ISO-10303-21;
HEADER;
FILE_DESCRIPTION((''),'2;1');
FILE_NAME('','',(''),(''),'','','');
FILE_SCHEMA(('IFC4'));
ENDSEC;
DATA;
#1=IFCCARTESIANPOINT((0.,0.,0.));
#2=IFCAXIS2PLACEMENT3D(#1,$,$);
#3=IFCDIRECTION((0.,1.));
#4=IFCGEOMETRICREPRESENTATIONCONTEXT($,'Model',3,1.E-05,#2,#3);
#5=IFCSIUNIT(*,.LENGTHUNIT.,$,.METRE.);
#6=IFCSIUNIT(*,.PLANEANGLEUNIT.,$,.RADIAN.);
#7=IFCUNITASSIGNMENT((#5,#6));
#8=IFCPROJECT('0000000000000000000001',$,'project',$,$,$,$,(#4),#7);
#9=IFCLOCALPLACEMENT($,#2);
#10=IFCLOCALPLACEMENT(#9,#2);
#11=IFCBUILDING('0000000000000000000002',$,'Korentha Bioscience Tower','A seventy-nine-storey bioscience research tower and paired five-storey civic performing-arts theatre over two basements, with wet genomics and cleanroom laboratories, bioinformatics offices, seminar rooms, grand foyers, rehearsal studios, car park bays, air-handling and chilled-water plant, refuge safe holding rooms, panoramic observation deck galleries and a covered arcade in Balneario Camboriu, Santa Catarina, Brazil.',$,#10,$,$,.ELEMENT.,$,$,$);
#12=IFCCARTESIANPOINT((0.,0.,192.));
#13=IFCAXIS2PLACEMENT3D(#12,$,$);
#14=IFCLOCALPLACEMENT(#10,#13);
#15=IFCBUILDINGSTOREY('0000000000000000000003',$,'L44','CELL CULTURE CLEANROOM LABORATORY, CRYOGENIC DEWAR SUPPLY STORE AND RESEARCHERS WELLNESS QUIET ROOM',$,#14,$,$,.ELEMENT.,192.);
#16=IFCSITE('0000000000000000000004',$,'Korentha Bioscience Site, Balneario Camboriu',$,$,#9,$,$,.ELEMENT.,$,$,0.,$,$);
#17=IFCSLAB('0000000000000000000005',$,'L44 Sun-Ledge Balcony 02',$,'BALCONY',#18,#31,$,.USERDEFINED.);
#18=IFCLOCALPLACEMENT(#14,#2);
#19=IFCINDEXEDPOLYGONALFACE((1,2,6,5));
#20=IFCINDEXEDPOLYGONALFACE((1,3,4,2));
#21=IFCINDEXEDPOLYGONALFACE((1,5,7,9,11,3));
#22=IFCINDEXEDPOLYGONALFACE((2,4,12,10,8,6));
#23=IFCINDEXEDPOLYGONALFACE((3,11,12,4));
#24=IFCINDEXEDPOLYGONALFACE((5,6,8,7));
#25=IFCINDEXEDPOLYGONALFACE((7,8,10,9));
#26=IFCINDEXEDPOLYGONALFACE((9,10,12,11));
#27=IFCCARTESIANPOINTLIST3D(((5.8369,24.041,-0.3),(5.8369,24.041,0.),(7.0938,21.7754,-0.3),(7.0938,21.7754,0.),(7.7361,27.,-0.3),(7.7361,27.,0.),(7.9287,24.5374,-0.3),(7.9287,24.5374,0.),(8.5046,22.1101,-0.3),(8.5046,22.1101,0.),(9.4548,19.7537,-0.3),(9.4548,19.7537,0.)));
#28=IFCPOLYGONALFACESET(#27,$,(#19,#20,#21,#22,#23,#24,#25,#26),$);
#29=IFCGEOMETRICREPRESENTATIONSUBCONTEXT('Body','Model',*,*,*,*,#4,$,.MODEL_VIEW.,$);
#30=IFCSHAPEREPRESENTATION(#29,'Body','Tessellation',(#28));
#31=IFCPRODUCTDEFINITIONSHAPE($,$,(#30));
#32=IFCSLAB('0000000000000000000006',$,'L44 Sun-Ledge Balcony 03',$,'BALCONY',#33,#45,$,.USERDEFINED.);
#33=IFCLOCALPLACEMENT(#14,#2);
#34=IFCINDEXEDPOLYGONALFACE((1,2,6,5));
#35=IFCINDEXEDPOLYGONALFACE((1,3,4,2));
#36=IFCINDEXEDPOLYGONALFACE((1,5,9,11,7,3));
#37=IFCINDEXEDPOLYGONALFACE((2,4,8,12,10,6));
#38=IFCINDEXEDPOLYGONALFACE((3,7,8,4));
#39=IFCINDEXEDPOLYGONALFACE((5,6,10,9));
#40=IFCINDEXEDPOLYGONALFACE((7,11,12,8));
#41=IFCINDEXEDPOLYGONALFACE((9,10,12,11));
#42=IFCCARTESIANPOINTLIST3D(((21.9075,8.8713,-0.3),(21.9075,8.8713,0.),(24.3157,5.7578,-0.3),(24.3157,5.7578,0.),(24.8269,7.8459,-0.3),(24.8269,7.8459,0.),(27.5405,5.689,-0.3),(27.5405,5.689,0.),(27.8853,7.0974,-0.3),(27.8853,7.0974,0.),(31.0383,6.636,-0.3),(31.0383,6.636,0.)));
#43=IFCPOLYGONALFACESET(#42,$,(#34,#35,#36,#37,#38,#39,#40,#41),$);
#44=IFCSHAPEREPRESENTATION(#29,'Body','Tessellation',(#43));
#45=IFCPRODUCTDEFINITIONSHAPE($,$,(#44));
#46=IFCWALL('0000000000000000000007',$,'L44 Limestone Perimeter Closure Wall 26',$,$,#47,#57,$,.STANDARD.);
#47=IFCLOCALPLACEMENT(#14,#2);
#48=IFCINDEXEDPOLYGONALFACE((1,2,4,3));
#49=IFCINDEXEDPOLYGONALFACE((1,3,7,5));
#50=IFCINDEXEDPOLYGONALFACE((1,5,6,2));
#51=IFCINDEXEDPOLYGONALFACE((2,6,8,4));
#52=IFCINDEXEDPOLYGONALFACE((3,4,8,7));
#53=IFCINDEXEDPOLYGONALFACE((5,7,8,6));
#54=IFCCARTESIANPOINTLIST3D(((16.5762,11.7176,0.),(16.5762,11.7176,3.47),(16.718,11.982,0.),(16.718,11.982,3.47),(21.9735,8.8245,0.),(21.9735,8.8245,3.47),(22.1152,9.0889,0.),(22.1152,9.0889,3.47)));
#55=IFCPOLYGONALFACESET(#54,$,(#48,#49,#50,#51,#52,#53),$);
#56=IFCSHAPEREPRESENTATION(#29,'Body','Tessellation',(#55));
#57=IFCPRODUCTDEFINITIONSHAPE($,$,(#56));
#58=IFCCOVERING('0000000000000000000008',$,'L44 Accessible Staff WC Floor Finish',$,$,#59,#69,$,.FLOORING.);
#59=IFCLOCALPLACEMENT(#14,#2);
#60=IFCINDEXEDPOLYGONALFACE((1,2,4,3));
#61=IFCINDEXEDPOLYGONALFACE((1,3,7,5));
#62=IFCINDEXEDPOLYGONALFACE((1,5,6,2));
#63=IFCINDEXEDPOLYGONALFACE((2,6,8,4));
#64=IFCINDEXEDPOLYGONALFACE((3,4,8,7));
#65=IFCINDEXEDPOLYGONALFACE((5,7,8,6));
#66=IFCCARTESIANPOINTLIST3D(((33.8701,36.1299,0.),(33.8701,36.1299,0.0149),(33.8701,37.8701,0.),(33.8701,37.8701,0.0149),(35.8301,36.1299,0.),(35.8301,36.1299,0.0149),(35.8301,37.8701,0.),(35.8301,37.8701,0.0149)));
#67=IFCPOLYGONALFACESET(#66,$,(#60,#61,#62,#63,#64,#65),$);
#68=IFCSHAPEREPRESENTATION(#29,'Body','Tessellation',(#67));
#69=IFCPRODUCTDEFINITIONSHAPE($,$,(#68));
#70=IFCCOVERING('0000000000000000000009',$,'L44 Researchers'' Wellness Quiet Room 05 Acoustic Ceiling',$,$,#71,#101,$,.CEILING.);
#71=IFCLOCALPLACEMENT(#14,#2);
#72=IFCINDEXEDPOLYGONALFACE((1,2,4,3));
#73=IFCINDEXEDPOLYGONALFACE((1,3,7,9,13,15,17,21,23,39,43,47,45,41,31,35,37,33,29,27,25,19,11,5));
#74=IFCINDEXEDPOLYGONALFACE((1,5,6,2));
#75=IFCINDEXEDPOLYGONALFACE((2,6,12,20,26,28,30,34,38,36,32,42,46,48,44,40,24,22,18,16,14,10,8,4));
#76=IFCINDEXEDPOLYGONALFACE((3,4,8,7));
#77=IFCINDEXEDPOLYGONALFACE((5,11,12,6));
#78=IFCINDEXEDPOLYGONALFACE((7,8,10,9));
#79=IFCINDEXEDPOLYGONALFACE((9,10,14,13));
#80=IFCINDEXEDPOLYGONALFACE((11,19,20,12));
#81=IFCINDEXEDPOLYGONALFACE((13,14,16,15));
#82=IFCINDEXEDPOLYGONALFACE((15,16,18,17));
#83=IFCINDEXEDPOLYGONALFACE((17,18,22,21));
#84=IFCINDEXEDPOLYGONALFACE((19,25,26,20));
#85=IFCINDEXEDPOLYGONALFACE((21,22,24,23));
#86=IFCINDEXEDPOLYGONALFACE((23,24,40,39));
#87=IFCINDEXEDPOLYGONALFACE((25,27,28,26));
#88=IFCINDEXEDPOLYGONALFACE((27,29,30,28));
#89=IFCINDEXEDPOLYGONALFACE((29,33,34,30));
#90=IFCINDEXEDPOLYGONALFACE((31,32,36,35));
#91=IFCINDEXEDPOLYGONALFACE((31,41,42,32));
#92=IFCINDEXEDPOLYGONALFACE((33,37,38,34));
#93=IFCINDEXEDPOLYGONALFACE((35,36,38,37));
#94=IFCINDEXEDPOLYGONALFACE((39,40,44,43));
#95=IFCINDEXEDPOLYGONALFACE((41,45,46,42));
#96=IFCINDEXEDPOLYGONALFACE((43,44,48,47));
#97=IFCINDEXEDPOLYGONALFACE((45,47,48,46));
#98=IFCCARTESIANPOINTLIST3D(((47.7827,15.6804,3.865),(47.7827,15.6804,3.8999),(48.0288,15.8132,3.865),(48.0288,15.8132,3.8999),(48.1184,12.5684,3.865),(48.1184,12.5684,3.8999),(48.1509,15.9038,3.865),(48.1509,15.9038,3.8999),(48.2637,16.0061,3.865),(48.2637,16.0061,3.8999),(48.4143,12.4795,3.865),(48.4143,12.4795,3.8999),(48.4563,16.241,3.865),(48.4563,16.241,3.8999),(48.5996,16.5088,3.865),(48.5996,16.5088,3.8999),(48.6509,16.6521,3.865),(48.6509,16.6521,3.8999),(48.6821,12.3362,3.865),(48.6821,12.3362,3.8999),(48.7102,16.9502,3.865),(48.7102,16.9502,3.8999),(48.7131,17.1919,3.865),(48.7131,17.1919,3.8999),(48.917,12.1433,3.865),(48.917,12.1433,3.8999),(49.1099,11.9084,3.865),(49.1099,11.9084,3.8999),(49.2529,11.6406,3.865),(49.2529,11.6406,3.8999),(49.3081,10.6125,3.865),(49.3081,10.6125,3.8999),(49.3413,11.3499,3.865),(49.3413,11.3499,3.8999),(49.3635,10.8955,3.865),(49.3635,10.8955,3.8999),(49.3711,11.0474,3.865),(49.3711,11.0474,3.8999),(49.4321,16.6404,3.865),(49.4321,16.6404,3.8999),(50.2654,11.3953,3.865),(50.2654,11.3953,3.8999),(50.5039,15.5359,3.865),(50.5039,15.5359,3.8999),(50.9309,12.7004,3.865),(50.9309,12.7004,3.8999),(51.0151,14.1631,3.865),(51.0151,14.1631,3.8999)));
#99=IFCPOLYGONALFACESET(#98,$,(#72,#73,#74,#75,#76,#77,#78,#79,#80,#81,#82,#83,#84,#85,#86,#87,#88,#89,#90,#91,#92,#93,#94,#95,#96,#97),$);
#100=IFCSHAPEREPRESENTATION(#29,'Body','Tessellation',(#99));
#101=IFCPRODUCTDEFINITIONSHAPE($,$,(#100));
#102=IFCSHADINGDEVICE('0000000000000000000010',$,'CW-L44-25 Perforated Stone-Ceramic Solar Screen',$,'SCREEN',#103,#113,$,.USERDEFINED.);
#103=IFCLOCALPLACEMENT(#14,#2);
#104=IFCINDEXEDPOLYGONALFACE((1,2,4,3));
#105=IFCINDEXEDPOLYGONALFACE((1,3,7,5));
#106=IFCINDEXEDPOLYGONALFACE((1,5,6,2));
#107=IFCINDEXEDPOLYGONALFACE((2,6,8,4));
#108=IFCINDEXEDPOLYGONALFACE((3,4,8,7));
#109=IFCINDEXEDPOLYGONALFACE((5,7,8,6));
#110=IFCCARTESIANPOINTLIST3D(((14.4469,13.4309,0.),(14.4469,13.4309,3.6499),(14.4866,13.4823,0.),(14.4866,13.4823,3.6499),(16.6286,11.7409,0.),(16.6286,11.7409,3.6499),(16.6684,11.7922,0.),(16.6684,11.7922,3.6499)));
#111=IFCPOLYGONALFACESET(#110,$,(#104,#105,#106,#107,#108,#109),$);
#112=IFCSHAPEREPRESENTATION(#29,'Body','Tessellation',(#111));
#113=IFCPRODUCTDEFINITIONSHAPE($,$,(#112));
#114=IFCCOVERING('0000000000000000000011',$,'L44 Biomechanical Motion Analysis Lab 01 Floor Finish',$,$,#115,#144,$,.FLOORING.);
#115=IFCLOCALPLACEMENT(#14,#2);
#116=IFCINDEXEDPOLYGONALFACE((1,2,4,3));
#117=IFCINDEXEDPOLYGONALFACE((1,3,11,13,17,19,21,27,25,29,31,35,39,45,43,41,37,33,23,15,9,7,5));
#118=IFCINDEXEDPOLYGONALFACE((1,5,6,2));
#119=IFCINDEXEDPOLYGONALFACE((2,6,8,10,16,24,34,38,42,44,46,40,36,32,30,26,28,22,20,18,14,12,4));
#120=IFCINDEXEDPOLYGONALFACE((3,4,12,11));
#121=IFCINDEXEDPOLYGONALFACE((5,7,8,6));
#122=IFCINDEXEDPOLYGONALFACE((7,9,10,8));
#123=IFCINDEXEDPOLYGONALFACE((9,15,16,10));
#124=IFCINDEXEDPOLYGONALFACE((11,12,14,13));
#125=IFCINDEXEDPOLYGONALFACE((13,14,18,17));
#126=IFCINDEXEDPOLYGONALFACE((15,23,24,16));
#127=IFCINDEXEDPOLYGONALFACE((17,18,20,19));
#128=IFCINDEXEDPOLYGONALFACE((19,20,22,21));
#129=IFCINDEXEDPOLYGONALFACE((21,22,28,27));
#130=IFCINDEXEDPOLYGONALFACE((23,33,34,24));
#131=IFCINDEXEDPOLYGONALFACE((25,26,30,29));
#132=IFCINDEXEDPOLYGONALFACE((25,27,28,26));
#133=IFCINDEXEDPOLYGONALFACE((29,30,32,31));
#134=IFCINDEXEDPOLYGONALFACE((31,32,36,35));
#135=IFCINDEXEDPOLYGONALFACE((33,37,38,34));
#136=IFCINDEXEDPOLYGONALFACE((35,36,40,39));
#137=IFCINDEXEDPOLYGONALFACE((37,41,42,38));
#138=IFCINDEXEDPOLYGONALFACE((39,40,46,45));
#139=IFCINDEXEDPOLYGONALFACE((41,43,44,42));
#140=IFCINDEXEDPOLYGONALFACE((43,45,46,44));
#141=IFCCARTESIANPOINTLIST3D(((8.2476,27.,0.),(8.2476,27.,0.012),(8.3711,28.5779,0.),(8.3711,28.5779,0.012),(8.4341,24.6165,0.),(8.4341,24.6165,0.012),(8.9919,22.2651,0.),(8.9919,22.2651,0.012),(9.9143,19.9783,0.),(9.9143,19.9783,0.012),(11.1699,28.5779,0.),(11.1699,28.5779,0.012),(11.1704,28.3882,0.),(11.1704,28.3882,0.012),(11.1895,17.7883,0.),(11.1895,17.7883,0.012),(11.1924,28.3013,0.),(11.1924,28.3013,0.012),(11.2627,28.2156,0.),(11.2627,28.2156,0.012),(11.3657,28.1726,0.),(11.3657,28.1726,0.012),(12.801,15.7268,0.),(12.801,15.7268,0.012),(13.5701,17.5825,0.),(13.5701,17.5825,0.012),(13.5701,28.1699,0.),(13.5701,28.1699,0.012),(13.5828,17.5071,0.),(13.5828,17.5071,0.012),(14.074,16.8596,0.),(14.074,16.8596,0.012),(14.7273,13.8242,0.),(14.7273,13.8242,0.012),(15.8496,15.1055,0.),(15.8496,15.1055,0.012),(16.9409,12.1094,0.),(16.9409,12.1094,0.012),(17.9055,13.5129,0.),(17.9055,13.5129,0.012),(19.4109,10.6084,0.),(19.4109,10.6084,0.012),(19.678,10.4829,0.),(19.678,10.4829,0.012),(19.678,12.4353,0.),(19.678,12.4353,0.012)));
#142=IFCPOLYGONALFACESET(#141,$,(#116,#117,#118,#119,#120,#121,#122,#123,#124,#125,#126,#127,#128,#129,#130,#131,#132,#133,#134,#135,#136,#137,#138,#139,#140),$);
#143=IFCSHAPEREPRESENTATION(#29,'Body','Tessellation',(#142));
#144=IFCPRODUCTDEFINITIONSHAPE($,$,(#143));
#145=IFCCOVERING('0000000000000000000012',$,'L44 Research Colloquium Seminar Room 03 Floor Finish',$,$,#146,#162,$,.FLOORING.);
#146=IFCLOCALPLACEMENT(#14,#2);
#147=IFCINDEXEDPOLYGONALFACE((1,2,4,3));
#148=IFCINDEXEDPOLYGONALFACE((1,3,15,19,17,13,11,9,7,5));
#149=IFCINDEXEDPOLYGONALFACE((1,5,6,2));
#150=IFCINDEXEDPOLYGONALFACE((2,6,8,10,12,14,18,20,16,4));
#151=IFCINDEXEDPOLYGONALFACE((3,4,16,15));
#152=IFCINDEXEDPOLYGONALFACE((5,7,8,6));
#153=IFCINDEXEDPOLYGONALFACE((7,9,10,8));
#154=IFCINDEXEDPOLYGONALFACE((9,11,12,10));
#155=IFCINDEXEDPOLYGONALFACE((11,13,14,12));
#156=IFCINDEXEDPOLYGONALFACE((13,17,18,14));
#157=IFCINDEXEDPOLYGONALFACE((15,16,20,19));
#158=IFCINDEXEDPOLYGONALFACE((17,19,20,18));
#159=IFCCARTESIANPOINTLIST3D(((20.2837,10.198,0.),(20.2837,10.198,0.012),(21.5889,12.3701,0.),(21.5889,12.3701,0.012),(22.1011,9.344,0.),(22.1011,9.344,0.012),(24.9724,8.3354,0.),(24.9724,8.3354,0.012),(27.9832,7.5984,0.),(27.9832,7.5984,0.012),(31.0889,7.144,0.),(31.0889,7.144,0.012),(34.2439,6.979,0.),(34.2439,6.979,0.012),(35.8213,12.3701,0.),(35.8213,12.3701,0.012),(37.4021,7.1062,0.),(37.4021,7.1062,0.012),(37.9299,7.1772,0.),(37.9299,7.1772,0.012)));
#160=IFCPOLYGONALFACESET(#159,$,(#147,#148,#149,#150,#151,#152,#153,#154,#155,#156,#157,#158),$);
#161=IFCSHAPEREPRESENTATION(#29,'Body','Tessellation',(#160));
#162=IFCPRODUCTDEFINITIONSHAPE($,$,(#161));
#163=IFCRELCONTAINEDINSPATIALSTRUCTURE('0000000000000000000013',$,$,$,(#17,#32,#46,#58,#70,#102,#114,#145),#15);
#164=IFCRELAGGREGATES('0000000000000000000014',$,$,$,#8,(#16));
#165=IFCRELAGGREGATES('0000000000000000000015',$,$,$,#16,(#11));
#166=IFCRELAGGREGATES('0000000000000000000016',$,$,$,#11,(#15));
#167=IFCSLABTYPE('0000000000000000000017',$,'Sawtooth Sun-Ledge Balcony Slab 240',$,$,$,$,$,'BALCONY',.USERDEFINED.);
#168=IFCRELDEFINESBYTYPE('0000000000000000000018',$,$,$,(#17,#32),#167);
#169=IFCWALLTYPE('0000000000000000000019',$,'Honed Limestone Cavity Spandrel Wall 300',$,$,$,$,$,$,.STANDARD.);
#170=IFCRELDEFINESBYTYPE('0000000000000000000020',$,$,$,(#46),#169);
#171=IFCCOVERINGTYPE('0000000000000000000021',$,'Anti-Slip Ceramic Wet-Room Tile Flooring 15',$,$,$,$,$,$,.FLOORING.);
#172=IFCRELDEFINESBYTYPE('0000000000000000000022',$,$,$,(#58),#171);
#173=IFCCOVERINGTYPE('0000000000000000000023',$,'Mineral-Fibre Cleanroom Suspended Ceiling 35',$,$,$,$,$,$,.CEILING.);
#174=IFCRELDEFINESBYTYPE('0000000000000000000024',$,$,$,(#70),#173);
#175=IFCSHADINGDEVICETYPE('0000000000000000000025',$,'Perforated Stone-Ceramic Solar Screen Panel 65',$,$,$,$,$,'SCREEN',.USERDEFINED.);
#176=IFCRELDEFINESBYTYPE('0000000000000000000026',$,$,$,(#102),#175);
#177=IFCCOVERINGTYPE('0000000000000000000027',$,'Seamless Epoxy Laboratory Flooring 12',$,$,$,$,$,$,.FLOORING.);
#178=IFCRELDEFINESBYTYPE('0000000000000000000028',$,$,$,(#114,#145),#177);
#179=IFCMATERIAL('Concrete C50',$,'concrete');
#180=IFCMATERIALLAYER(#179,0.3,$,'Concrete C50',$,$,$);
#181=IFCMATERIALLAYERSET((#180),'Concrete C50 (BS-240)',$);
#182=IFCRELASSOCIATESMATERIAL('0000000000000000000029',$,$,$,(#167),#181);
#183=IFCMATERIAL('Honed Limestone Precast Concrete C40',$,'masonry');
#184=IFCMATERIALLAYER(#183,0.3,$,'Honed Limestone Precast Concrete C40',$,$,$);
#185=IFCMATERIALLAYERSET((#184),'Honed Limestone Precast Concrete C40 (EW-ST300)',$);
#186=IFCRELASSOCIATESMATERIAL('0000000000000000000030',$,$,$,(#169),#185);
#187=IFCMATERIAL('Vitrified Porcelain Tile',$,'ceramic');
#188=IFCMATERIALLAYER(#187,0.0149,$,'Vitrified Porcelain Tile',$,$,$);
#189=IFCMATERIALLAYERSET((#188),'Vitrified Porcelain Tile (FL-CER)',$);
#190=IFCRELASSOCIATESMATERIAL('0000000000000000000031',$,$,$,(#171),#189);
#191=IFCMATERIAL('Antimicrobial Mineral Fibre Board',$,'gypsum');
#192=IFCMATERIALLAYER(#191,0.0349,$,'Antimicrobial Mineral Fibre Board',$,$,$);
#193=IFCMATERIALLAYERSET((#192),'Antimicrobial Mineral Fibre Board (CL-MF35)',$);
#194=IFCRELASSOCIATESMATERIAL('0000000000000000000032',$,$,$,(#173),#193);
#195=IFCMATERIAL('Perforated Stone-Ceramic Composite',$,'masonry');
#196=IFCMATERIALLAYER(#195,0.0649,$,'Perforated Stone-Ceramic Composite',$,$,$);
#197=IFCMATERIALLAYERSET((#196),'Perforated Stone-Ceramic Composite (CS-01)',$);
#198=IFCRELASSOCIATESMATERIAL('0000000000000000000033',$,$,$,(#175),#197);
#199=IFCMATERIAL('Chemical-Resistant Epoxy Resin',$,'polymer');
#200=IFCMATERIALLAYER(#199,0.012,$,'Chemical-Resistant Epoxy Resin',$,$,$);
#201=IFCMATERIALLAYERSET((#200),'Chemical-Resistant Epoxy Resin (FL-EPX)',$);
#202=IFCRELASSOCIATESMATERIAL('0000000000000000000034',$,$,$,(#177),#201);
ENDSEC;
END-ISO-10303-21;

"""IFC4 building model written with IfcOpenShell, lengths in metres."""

from ifc_helpers import new_model, si_unit, direction, frame, frame_2d, origin, origin_2d, place, context, subcontext, project, spatial, polyline, rectangle, outline, extrude, material, layer, layer_set, type_object, element, save


model = new_model("IFC4")

# Units and contexts
model_context = context("Model", 3, precision=1e-05, world=origin(), true_north=direction((0.0, 1.0)))
body_context = subcontext(model_context, "Body", "Model", "MODEL_VIEW")
ifc_project = project(units=[si_unit("LENGTHUNIT", "METRE"), si_unit("PLANEANGLEUNIT", "RADIAN")], contexts=[model_context])

# Site, building, storey
site_placement = place(None, origin())
site = spatial("IfcSite", under=ifc_project, at=site_placement, Name="Korentha Bioscience Site, Balneario Camboriu", CompositionType="ELEMENT", RefElevation=0.0)
building_placement = place(site_placement, origin())
building = spatial("IfcBuilding", under=site, at=building_placement, Name="Korentha Bioscience Tower", Description="A seventy-nine-storey bioscience research tower and paired five-storey civic performing-arts theatre over two basements, with wet genomics and cleanroom laboratories, bioinformatics offices, seminar rooms, grand foyers, rehearsal studios, car park bays, air-handling and chilled-water plant, refuge safe holding rooms, panoramic observation deck galleries and a covered arcade in Balneario Camboriu, Santa Catarina, Brazil.", CompositionType="ELEMENT")
storey_placement = place(building_placement, frame((0.0, 0.0, 192.0)))
storey = spatial("IfcBuildingStorey", under=building, at=storey_placement, Name="L44", Description="CELL CULTURE CLEANROOM LABORATORY, CRYOGENIC DEWAR SUPPLY STORE AND RESEARCHERS WELLNESS QUIET ROOM", CompositionType="ELEMENT", Elevation=192.0)

# Shared definitions
ifc_material_1 = material(Name="Concrete C50", Category="concrete")

# Slabs
ifc_layer_1 = layer(ifc_material_1, 0.3, Name="Concrete C50")
ifc_layer_set_1 = layer_set([ifc_layer_1], Name="Concrete C50 (BS-240)")
slab_type_1 = type_object("IfcSlabType", Name="Sawtooth Sun-Ledge Balcony Slab 240", ElementType="BALCONY", PredefinedType="USERDEFINED", material=ifc_layer_set_1)
slab_1_placement = place(storey_placement, frame((0.0, 0.0, -0.3)))
element("IfcSlab", 1, at=slab_1_placement, inside=storey, type_object=slab_type_1, Name="L44 Sun-Ledge Balcony 02", ObjectType="BALCONY", PredefinedType="USERDEFINED", context=body_context, shape_type="SweptSolid", body=[
    extrude(outline(polyline([(9.4548, 19.7537), (8.5046, 22.1101), (7.9287, 24.5374), (7.7361, 27.0), (5.8369, 24.041), (7.0938, 21.7754), (9.4548, 19.7537)])), origin(), (0.0, 0.0, 1.0), 0.3),
])
slab_2_placement = place(storey_placement, frame((0.0, 0.0, -0.3)))
element("IfcSlab", 2, at=slab_2_placement, inside=storey, type_object=slab_type_1, Name="L44 Sun-Ledge Balcony 03", ObjectType="BALCONY", PredefinedType="USERDEFINED", context=body_context, shape_type="SweptSolid", body=[
    extrude(outline(polyline([(31.0383, 6.636), (27.8853, 7.0974), (24.8269, 7.8459), (21.9075, 8.8713), (24.3157, 5.7578), (27.5405, 5.689), (31.0383, 6.636)])), origin(), (0.0, 0.0, 1.0), 0.3),
])

# Wall
ifc_material_2 = material(Name="Honed Limestone Precast Concrete C40", Category="masonry")
ifc_layer_2 = layer(ifc_material_2, 0.3, Name="Honed Limestone Precast Concrete C40")
ifc_layer_set_2 = layer_set([ifc_layer_2], Name="Honed Limestone Precast Concrete C40 (EW-ST300)")
wall_type = type_object("IfcWallType", Name="Honed Limestone Cavity Spandrel Wall 300", PredefinedType="STANDARD", material=ifc_layer_set_2)
wall_placement = place(storey_placement, frame((16.647, 11.8499, 0.0), z_axis=(0.0, 0.0, 1.0), x_axis=(0.881364, -0.472437, 0.0)))
element("IfcWall", 3, at=wall_placement, inside=storey, type_object=wall_type, Name="L44 Limestone Perimeter Closure Wall 26", PredefinedType="STANDARD", context=body_context, shape_type="SweptSolid", body=[
    extrude(rectangle(XDim=6.1238, YDim=0.3, at=frame_2d((3.062, 0.0))), origin(), (0.0, 0.0, 1.0), 3.47),
])

# Coverings
ifc_material_3 = material(Name="Vitrified Porcelain Tile", Category="ceramic")
ifc_layer_3 = layer(ifc_material_3, 0.0149, Name="Vitrified Porcelain Tile")
ifc_layer_set_3 = layer_set([ifc_layer_3], Name="Vitrified Porcelain Tile (FL-CER)")
covering_type_1 = type_object("IfcCoveringType", Name="Anti-Slip Ceramic Wet-Room Tile Flooring 15", PredefinedType="FLOORING", material=ifc_layer_set_3)
covering_1_placement = place(storey_placement, origin())
element("IfcCovering", 4, at=covering_1_placement, inside=storey, type_object=covering_type_1, Name="L44 Accessible Staff WC Floor Finish", PredefinedType="FLOORING", context=body_context, shape_type="SweptSolid", body=[
    extrude(outline(polyline([(33.8701, 36.1299), (33.8701, 37.8701), (35.8301, 37.8701), (35.8301, 36.1299), (33.8701, 36.1299)])), origin(), (0.0, 0.0, 1.0), 0.0149),
])
ifc_material_4 = material(Name="Antimicrobial Mineral Fibre Board", Category="gypsum")
ifc_layer_4 = layer(ifc_material_4, 0.0349, Name="Antimicrobial Mineral Fibre Board")
ifc_layer_set_4 = layer_set([ifc_layer_4], Name="Antimicrobial Mineral Fibre Board (CL-MF35)")
covering_type_2 = type_object("IfcCoveringType", Name="Mineral-Fibre Cleanroom Suspended Ceiling 35", PredefinedType="CEILING", material=ifc_layer_set_4)
covering_2_placement = place(storey_placement, frame((0.0, 0.0, 3.865)))
element("IfcCovering", 5, at=covering_2_placement, inside=storey, type_object=covering_type_2, Name="L44 Researchers' Wellness Quiet Room 05 Acoustic Ceiling", PredefinedType="CEILING", context=body_context, shape_type="SweptSolid", body=[
    extrude(outline(polyline([(49.4321, 16.6404), (50.5039, 15.5359), (51.0151, 14.1631), (50.9309, 12.7004), (50.2654, 11.3953), (49.3081, 10.6125), (49.3635, 10.8955), (49.3711, 11.0474), (49.3413, 11.3499), (49.2529, 11.6406), (49.1099, 11.9084), (48.917, 12.1433), (48.6821, 12.3362), (48.4143, 12.4795), (48.1184, 12.5684), (47.7827, 15.6804), (48.0288, 15.8132), (48.1509, 15.9038), (48.2637, 16.0061), (48.4563, 16.241), (48.5996, 16.5088), (48.6509, 16.6521), (48.7102, 16.9502), (48.7131, 17.1919), (49.4321, 16.6404)])), origin(), (0.0, 0.0, 1.0), 0.0349),
])

# Shading device
ifc_material_5 = material(Name="Perforated Stone-Ceramic Composite", Category="masonry")
ifc_layer_5 = layer(ifc_material_5, 0.0649, Name="Perforated Stone-Ceramic Composite")
ifc_layer_set_5 = layer_set([ifc_layer_5], Name="Perforated Stone-Ceramic Composite (CS-01)")
shading_device_type_1 = type_object("IfcShadingDeviceType", Name="Perforated Stone-Ceramic Solar Screen Panel 65", ElementType="SCREEN", PredefinedType="USERDEFINED", material=ifc_layer_set_5)
shading_device_1_placement = place(storey_placement, frame((15.5576, 12.6116, 0.0), z_axis=(0.0, 0.0, 1.0), x_axis=(0.790547, -0.612402, 0.0)))
element("IfcShadingDevice", 6, at=shading_device_1_placement, inside=storey, type_object=shading_device_type_1, Name="CW-L44-25 Perforated Stone-Ceramic Solar Screen", ObjectType="SCREEN", PredefinedType="USERDEFINED", context=body_context, shape_type="SweptSolid", body=[
    extrude(rectangle(XDim=2.7598, YDim=0.0649, at=origin_2d()), origin(), (0.0, 0.0, 1.0), 3.6499),
])

# Coverings
ifc_material_6 = material(Name="Chemical-Resistant Epoxy Resin", Category="polymer")
ifc_layer_6 = layer(ifc_material_6, 0.012, Name="Chemical-Resistant Epoxy Resin")
ifc_layer_set_6 = layer_set([ifc_layer_6], Name="Chemical-Resistant Epoxy Resin (FL-EPX)")
covering_type_3 = type_object("IfcCoveringType", Name="Seamless Epoxy Laboratory Flooring 12", PredefinedType="FLOORING", material=ifc_layer_set_6)
covering_3_placement = place(storey_placement, origin())
element("IfcCovering", 7, at=covering_3_placement, inside=storey, type_object=covering_type_3, Name="L44 Biomechanical Motion Analysis Lab 01 Floor Finish", PredefinedType="FLOORING", context=body_context, shape_type="SweptSolid", body=[
    extrude(outline(polyline([(8.3711, 28.5779), (11.1699, 28.5779), (11.1704, 28.3882), (11.1924, 28.3013), (11.2627, 28.2156), (11.3657, 28.1726), (13.5701, 28.1699), (13.5701, 17.5825), (13.5828, 17.5071), (14.074, 16.8596), (15.8496, 15.1055), (17.9055, 13.5129), (19.678, 12.4353), (19.678, 10.4829), (19.4109, 10.6084), (16.9409, 12.1094), (14.7273, 13.8242), (12.801, 15.7268), (11.1895, 17.7883), (9.9143, 19.9783), (8.9919, 22.2651), (8.4341, 24.6165), (8.2476, 27.0), (8.3711, 28.5779)])), origin(), (0.0, 0.0, 1.0), 0.012),
])
covering_4_placement = place(storey_placement, origin())
element("IfcCovering", 8, at=covering_4_placement, inside=storey, type_object=covering_type_3, Name="L44 Research Colloquium Seminar Room 03 Floor Finish", PredefinedType="FLOORING", context=body_context, shape_type="SweptSolid", body=[
    extrude(outline(polyline([(21.5889, 12.3701), (35.8213, 12.3701), (37.9299, 7.1772), (37.4021, 7.1062), (34.2439, 6.979), (31.0889, 7.144), (27.9832, 7.5984), (24.9724, 8.3354), (22.1011, 9.344), (20.2837, 10.198), (21.5889, 12.3701)])), origin(), (0.0, 0.0, 1.0), 0.012),
])

save(model, "model.ifc")
